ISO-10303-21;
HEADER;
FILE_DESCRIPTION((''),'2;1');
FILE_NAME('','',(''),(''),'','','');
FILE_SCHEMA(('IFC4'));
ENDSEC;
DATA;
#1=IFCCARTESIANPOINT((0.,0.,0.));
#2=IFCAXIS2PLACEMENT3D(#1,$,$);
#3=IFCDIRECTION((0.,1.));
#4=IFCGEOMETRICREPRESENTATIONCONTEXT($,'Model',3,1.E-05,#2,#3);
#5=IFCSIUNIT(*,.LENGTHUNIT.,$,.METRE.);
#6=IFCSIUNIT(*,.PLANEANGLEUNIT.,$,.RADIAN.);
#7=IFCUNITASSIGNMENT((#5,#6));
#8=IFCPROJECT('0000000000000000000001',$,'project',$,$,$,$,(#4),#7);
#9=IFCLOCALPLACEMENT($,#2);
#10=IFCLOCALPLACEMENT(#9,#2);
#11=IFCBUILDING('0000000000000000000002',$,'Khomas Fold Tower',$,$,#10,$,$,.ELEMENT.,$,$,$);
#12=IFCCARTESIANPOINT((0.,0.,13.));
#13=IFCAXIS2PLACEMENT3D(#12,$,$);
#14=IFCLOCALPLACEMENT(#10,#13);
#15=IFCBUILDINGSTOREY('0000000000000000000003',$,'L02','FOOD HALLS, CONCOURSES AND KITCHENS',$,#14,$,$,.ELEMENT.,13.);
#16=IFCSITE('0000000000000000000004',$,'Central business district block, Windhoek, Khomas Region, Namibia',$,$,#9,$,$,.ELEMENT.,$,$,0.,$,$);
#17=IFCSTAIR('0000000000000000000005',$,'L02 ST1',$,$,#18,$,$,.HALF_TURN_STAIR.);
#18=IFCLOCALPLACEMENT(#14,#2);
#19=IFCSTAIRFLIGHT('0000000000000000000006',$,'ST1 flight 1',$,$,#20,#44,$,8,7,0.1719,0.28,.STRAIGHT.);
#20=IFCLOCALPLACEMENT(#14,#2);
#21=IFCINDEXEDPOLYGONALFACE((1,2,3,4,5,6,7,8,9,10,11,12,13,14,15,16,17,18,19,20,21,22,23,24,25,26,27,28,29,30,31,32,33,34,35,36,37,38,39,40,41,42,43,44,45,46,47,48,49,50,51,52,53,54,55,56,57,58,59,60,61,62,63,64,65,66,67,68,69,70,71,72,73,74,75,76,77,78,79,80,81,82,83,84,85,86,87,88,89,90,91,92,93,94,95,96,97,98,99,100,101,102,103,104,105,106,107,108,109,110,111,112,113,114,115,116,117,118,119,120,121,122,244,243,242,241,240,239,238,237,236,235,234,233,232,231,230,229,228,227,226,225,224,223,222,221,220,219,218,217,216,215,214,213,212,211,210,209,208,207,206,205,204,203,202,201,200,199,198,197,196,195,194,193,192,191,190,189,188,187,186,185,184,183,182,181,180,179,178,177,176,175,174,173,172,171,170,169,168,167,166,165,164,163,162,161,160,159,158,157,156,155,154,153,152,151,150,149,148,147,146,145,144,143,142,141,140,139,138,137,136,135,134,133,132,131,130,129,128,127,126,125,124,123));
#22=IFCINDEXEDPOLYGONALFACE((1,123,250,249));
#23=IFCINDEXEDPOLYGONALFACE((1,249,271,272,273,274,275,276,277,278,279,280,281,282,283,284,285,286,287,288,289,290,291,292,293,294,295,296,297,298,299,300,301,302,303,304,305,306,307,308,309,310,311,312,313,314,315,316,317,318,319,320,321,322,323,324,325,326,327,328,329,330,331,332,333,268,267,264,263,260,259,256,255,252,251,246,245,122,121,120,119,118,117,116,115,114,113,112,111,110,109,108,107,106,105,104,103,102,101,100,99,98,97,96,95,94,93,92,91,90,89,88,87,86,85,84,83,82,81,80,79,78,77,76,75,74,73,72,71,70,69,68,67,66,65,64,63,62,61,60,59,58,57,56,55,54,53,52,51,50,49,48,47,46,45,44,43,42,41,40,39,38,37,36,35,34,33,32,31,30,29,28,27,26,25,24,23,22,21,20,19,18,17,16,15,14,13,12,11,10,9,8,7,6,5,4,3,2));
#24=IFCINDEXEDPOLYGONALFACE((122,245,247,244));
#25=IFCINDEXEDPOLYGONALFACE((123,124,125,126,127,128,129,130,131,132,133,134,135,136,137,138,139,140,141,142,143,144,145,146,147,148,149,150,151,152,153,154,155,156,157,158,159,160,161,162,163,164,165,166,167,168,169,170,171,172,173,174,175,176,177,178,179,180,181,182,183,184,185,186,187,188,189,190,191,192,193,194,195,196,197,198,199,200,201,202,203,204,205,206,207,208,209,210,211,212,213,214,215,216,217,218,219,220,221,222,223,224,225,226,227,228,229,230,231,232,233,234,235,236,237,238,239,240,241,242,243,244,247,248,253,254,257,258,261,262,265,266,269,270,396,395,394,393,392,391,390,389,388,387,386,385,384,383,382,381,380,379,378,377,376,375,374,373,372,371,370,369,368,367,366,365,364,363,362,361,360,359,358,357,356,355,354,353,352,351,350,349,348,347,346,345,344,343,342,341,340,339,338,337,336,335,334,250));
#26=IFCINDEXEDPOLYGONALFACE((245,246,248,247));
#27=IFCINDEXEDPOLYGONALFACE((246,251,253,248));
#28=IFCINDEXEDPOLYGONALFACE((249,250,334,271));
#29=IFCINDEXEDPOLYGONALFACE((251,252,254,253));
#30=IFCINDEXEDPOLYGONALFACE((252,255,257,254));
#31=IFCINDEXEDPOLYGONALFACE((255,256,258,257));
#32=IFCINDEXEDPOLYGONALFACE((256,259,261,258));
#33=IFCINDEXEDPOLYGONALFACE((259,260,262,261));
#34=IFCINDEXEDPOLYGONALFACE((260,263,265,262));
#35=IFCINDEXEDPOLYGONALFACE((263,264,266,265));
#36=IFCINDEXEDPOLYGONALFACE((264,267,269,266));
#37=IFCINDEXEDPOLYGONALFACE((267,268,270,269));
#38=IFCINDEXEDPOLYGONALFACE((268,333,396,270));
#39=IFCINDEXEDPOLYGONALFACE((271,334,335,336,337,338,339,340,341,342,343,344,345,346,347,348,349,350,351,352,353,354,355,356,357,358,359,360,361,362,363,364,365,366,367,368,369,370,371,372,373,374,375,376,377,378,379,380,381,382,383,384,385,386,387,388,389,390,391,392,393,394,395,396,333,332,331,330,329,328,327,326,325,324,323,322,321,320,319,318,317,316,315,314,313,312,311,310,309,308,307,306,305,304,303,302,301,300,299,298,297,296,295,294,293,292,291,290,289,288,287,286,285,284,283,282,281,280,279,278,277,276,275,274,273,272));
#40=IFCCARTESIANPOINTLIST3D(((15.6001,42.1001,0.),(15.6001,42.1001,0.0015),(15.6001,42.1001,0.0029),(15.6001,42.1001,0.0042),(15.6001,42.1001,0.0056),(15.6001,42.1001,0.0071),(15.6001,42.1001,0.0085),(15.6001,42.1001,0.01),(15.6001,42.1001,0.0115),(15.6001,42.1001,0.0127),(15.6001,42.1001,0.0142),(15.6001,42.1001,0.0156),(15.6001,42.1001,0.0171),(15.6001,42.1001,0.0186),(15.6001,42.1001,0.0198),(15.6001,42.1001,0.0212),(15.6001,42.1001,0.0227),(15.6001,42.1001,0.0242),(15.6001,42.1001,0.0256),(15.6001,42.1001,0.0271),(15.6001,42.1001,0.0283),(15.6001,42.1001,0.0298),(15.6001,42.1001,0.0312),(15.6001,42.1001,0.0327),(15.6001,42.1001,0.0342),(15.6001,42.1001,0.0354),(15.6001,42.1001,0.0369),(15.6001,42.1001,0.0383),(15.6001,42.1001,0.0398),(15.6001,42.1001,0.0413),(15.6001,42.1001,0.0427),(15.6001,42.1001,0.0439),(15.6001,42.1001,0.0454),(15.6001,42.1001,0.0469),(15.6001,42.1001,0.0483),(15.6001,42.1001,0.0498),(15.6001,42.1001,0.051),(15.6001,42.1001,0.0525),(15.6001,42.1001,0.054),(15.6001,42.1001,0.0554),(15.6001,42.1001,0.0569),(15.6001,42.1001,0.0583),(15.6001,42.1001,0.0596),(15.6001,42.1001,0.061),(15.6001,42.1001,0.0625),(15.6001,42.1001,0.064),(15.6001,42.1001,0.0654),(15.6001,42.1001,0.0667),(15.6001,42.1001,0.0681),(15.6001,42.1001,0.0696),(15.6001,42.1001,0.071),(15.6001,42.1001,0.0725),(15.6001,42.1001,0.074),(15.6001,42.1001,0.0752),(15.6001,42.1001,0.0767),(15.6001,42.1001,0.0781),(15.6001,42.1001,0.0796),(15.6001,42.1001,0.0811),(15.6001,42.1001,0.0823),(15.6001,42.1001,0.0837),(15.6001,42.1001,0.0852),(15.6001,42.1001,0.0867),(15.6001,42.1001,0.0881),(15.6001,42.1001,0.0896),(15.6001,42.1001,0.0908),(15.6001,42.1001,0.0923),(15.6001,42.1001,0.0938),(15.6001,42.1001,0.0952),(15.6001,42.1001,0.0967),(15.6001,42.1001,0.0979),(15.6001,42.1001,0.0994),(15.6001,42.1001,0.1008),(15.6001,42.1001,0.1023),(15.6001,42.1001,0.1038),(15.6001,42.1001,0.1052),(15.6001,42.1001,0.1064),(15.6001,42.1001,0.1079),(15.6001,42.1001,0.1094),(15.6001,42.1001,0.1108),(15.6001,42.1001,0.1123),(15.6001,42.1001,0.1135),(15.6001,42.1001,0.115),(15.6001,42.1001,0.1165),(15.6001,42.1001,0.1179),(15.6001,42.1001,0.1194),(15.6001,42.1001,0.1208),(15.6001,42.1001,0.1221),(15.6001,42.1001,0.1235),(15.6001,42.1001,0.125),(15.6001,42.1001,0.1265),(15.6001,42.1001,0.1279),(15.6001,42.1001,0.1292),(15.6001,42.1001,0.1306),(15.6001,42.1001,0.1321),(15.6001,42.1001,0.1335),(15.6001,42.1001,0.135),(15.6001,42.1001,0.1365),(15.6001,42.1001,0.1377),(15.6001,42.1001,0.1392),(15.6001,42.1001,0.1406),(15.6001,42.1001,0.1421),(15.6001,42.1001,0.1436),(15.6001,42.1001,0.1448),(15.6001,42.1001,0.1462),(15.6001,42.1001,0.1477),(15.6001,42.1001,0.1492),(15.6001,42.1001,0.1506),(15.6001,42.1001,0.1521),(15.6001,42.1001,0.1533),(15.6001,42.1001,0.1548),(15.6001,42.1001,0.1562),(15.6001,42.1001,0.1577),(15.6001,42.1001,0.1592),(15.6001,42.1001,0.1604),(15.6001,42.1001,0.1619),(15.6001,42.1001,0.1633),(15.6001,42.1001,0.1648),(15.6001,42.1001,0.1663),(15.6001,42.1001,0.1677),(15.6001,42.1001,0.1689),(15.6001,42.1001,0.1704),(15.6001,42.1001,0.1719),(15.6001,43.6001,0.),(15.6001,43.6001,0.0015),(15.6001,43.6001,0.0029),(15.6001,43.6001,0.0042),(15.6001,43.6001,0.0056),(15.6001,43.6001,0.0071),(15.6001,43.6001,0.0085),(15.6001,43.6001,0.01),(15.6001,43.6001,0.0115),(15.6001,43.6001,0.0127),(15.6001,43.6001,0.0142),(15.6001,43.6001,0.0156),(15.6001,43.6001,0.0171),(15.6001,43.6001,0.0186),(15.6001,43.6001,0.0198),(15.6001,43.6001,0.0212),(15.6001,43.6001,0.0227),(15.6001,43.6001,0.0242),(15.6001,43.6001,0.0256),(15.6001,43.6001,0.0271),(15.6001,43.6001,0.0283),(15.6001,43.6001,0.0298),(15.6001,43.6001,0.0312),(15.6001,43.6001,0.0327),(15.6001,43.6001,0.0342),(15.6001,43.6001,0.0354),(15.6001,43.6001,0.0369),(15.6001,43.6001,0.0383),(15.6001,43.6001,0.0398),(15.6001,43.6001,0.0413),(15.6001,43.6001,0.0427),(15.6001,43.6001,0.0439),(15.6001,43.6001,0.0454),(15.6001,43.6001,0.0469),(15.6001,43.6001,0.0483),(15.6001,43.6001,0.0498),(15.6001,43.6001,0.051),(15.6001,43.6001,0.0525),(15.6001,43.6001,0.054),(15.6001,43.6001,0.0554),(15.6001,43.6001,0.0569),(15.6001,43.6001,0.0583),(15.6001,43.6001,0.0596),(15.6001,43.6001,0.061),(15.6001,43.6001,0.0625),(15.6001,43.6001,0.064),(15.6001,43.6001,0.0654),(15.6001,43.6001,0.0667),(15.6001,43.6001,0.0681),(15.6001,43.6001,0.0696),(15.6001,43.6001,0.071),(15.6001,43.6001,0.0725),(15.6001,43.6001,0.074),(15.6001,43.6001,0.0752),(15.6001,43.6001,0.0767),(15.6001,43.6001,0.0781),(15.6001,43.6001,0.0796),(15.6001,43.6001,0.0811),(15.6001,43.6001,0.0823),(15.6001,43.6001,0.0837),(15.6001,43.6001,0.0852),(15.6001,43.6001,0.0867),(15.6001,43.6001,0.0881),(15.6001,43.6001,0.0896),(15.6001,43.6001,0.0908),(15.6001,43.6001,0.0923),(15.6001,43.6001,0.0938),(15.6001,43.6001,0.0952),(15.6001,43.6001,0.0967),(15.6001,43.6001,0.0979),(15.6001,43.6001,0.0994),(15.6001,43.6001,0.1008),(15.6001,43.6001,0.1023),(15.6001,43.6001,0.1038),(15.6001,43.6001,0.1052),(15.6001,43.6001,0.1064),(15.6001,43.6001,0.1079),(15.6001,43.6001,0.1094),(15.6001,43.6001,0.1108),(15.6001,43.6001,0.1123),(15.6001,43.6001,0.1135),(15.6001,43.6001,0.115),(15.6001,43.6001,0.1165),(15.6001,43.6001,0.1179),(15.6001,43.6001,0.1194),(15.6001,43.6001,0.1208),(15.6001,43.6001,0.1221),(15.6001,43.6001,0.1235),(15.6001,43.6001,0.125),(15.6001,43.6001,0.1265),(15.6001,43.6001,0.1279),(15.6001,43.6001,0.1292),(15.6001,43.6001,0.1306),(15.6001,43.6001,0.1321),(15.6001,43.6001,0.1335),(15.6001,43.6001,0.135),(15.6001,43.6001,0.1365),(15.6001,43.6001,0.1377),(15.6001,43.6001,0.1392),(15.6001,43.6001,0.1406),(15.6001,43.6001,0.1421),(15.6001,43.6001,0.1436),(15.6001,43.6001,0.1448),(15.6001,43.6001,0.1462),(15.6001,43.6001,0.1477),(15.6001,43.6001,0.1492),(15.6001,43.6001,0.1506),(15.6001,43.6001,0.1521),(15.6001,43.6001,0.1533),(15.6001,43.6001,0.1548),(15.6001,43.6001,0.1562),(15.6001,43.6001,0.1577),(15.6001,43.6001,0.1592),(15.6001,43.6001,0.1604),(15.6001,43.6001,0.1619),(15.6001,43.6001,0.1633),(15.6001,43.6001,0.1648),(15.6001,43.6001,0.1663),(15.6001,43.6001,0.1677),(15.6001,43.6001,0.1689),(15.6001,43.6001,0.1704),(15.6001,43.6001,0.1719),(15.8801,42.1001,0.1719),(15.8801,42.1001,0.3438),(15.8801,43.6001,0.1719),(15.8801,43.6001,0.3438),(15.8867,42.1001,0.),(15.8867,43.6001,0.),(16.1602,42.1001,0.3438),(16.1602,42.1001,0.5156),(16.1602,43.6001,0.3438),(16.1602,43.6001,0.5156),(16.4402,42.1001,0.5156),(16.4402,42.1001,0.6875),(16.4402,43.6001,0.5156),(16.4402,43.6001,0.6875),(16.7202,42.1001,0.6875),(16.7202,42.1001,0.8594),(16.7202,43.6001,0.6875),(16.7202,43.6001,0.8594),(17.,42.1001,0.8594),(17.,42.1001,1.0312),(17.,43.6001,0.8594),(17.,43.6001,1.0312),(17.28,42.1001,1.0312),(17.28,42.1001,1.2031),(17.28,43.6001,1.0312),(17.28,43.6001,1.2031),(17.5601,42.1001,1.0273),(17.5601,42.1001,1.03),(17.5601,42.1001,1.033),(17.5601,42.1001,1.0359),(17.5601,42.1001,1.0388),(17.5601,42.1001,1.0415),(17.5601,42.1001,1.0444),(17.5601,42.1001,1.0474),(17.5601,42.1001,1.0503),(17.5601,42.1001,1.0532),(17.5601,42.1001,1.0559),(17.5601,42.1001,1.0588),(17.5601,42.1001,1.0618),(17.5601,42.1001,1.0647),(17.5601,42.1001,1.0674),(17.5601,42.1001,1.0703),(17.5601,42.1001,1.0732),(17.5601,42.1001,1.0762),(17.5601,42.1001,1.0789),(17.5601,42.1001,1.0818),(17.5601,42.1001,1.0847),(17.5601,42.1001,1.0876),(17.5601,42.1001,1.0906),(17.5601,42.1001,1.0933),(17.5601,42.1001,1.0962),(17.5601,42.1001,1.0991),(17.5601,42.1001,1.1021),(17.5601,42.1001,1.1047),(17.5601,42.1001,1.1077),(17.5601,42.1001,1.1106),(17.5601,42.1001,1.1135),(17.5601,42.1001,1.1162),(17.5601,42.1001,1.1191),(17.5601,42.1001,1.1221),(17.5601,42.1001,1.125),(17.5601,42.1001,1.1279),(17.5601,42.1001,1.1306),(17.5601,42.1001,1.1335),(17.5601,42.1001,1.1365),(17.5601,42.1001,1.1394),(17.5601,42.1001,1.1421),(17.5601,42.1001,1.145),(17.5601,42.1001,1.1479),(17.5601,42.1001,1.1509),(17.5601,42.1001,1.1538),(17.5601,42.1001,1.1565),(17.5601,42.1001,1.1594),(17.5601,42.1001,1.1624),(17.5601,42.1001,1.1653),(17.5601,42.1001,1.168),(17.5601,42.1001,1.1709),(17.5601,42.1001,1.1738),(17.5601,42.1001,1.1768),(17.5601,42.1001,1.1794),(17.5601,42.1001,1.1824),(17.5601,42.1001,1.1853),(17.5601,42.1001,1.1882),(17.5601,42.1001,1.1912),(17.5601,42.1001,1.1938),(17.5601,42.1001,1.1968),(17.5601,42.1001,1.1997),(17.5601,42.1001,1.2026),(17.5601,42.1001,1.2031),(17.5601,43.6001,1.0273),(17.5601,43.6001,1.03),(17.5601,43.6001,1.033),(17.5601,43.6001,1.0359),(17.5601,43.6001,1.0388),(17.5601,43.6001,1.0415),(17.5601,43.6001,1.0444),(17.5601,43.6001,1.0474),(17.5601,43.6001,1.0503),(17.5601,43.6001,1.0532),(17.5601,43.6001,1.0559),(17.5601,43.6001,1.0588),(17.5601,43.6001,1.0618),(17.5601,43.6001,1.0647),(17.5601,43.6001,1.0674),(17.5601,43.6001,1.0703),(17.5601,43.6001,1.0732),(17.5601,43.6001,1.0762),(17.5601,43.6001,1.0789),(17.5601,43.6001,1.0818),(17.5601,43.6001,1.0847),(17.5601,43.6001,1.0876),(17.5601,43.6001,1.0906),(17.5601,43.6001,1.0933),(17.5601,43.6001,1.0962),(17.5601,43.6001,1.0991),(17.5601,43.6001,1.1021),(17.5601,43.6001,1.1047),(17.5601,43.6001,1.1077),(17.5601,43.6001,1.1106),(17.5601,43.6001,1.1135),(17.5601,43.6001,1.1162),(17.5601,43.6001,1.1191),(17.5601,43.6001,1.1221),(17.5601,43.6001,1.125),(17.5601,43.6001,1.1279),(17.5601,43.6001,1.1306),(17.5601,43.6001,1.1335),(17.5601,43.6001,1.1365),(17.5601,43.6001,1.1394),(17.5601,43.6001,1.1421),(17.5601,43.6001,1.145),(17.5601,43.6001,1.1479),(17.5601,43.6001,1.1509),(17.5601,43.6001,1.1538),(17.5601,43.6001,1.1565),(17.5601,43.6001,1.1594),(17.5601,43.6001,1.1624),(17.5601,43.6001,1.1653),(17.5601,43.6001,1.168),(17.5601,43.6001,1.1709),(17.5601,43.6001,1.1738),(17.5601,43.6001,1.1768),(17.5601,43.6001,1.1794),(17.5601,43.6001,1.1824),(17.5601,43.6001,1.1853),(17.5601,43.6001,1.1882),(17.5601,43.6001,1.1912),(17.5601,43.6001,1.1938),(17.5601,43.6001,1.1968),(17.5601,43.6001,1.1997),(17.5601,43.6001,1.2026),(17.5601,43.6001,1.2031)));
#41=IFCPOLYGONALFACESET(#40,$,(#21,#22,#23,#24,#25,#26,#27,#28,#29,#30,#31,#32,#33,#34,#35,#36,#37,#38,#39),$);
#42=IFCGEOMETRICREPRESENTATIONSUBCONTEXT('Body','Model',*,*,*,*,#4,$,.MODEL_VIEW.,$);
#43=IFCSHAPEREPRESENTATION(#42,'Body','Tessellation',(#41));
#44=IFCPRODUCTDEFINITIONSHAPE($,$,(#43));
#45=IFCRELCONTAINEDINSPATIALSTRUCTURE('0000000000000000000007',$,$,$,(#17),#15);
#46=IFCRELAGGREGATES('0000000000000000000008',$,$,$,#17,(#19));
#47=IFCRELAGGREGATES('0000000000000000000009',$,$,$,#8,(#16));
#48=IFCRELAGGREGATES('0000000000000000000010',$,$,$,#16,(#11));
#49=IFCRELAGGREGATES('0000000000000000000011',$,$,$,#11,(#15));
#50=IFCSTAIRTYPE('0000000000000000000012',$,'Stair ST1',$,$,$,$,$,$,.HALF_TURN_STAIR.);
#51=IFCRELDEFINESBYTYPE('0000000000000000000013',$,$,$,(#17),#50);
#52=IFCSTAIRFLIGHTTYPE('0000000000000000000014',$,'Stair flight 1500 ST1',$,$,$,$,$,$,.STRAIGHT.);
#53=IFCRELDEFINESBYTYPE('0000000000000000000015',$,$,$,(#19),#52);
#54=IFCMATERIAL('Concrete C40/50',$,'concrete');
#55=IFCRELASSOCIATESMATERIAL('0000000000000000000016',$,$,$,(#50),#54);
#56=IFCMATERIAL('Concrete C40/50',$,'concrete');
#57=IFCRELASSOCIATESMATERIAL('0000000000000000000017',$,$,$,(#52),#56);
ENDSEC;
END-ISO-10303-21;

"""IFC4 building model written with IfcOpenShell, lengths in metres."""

from ifc_helpers import new_model, si_unit, direction, frame, origin, place, context, subcontext, project, spatial, polyline, outline, extrude, source, transform, mapped, material, type_object, element, aggregate, save


model = new_model("IFC4")

# Units and contexts
model_context = context("Model", 3, precision=1e-05, world=origin(), true_north=direction((0.0, 1.0)))
body_context = subcontext(model_context, "Body", "Model", "MODEL_VIEW")
ifc_project = project(units=[si_unit("LENGTHUNIT", "METRE"), si_unit("PLANEANGLEUNIT", "RADIAN")], contexts=[model_context])

# Site, building, storey
site_placement = place(None, origin())
site = spatial("IfcSite", under=ifc_project, at=site_placement, Name="Central business district block, Windhoek, Khomas Region, Namibia", CompositionType="ELEMENT", RefElevation=0.0)
building_placement = place(site_placement, origin())
building = spatial("IfcBuilding", under=site, at=building_placement, Name="Khomas Fold Tower", CompositionType="ELEMENT")
storey_placement = place(building_placement, frame((0.0, 0.0, 13.0)))
storey = spatial("IfcBuildingStorey", under=building, at=storey_placement, Name="L02", Description="FOOD HALLS, CONCOURSES AND KITCHENS", CompositionType="ELEMENT", Elevation=13.0)

# Stair, stair flight
ifc_material_1 = material(Name="Concrete C40/50", Category="concrete")
stair_type = type_object("IfcStairType", Name="Stair ST1", PredefinedType="HALF_TURN_STAIR", material=ifc_material_1)
stair_placement = place(storey_placement, origin())
stair = element("IfcStair", 1, at=stair_placement, inside=storey, type_object=stair_type, Name="L02 ST1", PredefinedType="HALF_TURN_STAIR")
ifc_material_2 = material(Name="Concrete C40/50", Category="concrete")
stair_flight_type = type_object("IfcStairFlightType", Name="Stair flight 1500 ST1", PredefinedType="STRAIGHT", material=ifc_material_2)
shared_shape_1 = source(origin(), body_context, "Body", "SweptSolid", [
    extrude(outline(polyline([(0.0, 0.0), (0.0, 0.0015), (0.0, 0.0029), (0.0, 0.0042), (0.0, 0.0056), (0.0, 0.0071), (0.0, 0.0085), (0.0, 0.01), (0.0, 0.0115), (0.0, 0.0127), (0.0, 0.0142), (0.0, 0.0156), (0.0, 0.0171), (0.0, 0.0186), (0.0, 0.0198), (0.0, 0.0212), (0.0, 0.0227), (0.0, 0.0242), (0.0, 0.0256), (0.0, 0.0271), (0.0, 0.0283), (0.0, 0.0298), (0.0, 0.0312), (0.0, 0.0327), (0.0, 0.0342), (0.0, 0.0354), (0.0, 0.0369), (0.0, 0.0383), (0.0, 0.0398), (0.0, 0.0413), (0.0, 0.0427), (0.0, 0.0439), (0.0, 0.0454), (0.0, 0.0469), (0.0, 0.0483), (0.0, 0.0498), (0.0, 0.051), (0.0, 0.0525), (0.0, 0.054), (0.0, 0.0554), (0.0, 0.0569), (0.0, 0.0583), (0.0, 0.0596), (0.0, 0.061), (0.0, 0.0625), (0.0, 0.064), (0.0, 0.0654), (0.0, 0.0667), (0.0, 0.0681), (0.0, 0.0696), (0.0, 0.071), (0.0, 0.0725), (0.0, 0.074), (0.0, 0.0752), (0.0, 0.0767), (0.0, 0.0781), (0.0, 0.0796), (0.0, 0.0811), (0.0, 0.0823), (0.0, 0.0837), (0.0, 0.0852), (0.0, 0.0867), (0.0, 0.0881), (0.0, 0.0896), (0.0, 0.0908), (0.0, 0.0923), (0.0, 0.0938), (0.0, 0.0952), (0.0, 0.0967), (0.0, 0.0979), (0.0, 0.0994), (0.0, 0.1008), (0.0, 0.1023), (0.0, 0.1038), (0.0, 0.1052), (0.0, 0.1064), (0.0, 0.1079), (0.0, 0.1094), (0.0, 0.1108), (0.0, 0.1123), (0.0, 0.1135), (0.0, 0.115), (0.0, 0.1165), (0.0, 0.1179), (0.0, 0.1194), (0.0, 0.1208), (0.0, 0.1221), (0.0, 0.1235), (0.0, 0.125), (0.0, 0.1265), (0.0, 0.1279), (0.0, 0.1292), (0.0, 0.1306), (0.0, 0.1321), (0.0, 0.1335), (0.0, 0.135), (0.0, 0.1365), (0.0, 0.1377), (0.0, 0.1392), (0.0, 0.1406), (0.0, 0.1421), (0.0, 0.1436), (0.0, 0.1448), (0.0, 0.1462), (0.0, 0.1477), (0.0, 0.1492), (0.0, 0.1506), (0.0, 0.1521), (0.0, 0.1533), (0.0, 0.1548), (0.0, 0.1562), (0.0, 0.1577), (0.0, 0.1592), (0.0, 0.1604), (0.0, 0.1619), (0.0, 0.1633), (0.0, 0.1648), (0.0, 0.1663), (0.0, 0.1677), (0.0, 0.1689), (0.0, 0.1704), (0.0, 0.1719), (0.28, 0.1719), (0.28, 0.3438), (0.5601, 0.3438), (0.5601, 0.5156), (0.8401, 0.5156), (0.8401, 0.6875), (1.1201, 0.6875), (1.1201, 0.8594), (1.3999, 0.8594), (1.3999, 1.0312), (1.6799, 1.0312), (1.6799, 1.2031), (1.96, 1.2031), (1.96, 1.375), (1.96, 1.3721), (1.96, 1.3691), (1.96, 1.3665), (1.96, 1.3635), (1.96, 1.3606), (1.96, 1.3577), (1.96, 1.355), (1.96, 1.3521), (1.96, 1.3491), (1.96, 1.3462), (1.96, 1.3435), (1.96, 1.3406), (1.96, 1.3376), (1.96, 1.3347), (1.96, 1.3318), (1.96, 1.3291), (1.96, 1.3262), (1.96, 1.3232), (1.96, 1.3203), (1.96, 1.3176), (1.96, 1.3147), (1.96, 1.3118), (1.96, 1.3088), (1.96, 1.3059), (1.96, 1.3032), (1.96, 1.3003), (1.96, 1.2974), (1.96, 1.2944), (1.96, 1.2917), (1.96, 1.2888), (1.96, 1.2859), (1.96, 1.283), (1.96, 1.2803), (1.96, 1.2773), (1.96, 1.2744), (1.96, 1.2715), (1.96, 1.2686), (1.96, 1.2659), (1.96, 1.2629), (1.96, 1.26), (1.96, 1.2571), (1.96, 1.2544), (1.96, 1.2515), (1.96, 1.2485), (1.96, 1.2456), (1.96, 1.2427), (1.96, 1.24), (1.96, 1.2371), (1.96, 1.2341), (1.96, 1.2312), (1.96, 1.2285), (1.96, 1.2256), (1.96, 1.2227), (1.96, 1.2197), (1.96, 1.217), (1.96, 1.2141), (1.96, 1.2112), (1.96, 1.2083), (1.96, 1.2053), (1.96, 1.2026), (1.96, 1.1997), (1.96, 1.1968), (1.96, 1.1938), (1.96, 1.1912), (1.96, 1.1882), (1.96, 1.1853), (1.96, 1.1824), (1.96, 1.1794), (1.96, 1.1768), (1.96, 1.1738), (1.96, 1.1709), (1.96, 1.168), (1.96, 1.1653), (1.96, 1.1624), (1.96, 1.1594), (1.96, 1.1565), (1.96, 1.1538), (1.96, 1.1509), (1.96, 1.1479), (1.96, 1.145), (1.96, 1.1421), (1.96, 1.1394), (1.96, 1.1365), (1.96, 1.1335), (1.96, 1.1306), (1.96, 1.1279), (1.96, 1.125), (1.96, 1.1221), (1.96, 1.1191), (1.96, 1.1162), (1.96, 1.1135), (1.96, 1.1106), (1.96, 1.1077), (1.96, 1.1047), (1.96, 1.1021), (1.96, 1.0991), (1.96, 1.0962), (1.96, 1.0933), (1.96, 1.0906), (1.96, 1.0876), (1.96, 1.0847), (1.96, 1.0818), (1.96, 1.0789), (1.96, 1.0762), (1.96, 1.0732), (1.96, 1.0703), (1.96, 1.0674), (1.96, 1.0647), (1.96, 1.0618), (1.96, 1.0588), (1.96, 1.0559), (1.96, 1.0532), (1.96, 1.0503), (1.96, 1.0474), (1.96, 1.0444), (1.96, 1.0415), (1.96, 1.0388), (1.96, 1.0359), (1.96, 1.033), (1.96, 1.03), (1.96, 1.0273), (0.2866, 0.0), (0.0, 0.0)])), frame((0.0, 0.75, 0.0), z_axis=(0.0, -1.0, 0.0), x_axis=(1.0, 0.0, 0.0)), (0.0, 0.0, 1.0), 1.5),
])
stair_flight_1_placement = place(storey_placement, frame((15.6001, 42.8501, 0.0), z_axis=(0.0, 0.0, 1.0), x_axis=(1.0, 0.0, 0.0)))
stair_flight_1 = element("IfcStairFlight", 2, at=stair_flight_1_placement, type_object=stair_flight_type, Name="ST1 flight 1", NumberOfRisers=8, NumberOfTreads=7, PredefinedType="STRAIGHT", RiserHeight=0.1719, TreadLength=0.28, context=body_context, shape_type="MappedRepresentation", body=[
    mapped(shared_shape_1, transform((0.0, 0.0, 0.0))),
])
aggregate(stair, [stair_flight_1])

save(model, "model.ifc")
